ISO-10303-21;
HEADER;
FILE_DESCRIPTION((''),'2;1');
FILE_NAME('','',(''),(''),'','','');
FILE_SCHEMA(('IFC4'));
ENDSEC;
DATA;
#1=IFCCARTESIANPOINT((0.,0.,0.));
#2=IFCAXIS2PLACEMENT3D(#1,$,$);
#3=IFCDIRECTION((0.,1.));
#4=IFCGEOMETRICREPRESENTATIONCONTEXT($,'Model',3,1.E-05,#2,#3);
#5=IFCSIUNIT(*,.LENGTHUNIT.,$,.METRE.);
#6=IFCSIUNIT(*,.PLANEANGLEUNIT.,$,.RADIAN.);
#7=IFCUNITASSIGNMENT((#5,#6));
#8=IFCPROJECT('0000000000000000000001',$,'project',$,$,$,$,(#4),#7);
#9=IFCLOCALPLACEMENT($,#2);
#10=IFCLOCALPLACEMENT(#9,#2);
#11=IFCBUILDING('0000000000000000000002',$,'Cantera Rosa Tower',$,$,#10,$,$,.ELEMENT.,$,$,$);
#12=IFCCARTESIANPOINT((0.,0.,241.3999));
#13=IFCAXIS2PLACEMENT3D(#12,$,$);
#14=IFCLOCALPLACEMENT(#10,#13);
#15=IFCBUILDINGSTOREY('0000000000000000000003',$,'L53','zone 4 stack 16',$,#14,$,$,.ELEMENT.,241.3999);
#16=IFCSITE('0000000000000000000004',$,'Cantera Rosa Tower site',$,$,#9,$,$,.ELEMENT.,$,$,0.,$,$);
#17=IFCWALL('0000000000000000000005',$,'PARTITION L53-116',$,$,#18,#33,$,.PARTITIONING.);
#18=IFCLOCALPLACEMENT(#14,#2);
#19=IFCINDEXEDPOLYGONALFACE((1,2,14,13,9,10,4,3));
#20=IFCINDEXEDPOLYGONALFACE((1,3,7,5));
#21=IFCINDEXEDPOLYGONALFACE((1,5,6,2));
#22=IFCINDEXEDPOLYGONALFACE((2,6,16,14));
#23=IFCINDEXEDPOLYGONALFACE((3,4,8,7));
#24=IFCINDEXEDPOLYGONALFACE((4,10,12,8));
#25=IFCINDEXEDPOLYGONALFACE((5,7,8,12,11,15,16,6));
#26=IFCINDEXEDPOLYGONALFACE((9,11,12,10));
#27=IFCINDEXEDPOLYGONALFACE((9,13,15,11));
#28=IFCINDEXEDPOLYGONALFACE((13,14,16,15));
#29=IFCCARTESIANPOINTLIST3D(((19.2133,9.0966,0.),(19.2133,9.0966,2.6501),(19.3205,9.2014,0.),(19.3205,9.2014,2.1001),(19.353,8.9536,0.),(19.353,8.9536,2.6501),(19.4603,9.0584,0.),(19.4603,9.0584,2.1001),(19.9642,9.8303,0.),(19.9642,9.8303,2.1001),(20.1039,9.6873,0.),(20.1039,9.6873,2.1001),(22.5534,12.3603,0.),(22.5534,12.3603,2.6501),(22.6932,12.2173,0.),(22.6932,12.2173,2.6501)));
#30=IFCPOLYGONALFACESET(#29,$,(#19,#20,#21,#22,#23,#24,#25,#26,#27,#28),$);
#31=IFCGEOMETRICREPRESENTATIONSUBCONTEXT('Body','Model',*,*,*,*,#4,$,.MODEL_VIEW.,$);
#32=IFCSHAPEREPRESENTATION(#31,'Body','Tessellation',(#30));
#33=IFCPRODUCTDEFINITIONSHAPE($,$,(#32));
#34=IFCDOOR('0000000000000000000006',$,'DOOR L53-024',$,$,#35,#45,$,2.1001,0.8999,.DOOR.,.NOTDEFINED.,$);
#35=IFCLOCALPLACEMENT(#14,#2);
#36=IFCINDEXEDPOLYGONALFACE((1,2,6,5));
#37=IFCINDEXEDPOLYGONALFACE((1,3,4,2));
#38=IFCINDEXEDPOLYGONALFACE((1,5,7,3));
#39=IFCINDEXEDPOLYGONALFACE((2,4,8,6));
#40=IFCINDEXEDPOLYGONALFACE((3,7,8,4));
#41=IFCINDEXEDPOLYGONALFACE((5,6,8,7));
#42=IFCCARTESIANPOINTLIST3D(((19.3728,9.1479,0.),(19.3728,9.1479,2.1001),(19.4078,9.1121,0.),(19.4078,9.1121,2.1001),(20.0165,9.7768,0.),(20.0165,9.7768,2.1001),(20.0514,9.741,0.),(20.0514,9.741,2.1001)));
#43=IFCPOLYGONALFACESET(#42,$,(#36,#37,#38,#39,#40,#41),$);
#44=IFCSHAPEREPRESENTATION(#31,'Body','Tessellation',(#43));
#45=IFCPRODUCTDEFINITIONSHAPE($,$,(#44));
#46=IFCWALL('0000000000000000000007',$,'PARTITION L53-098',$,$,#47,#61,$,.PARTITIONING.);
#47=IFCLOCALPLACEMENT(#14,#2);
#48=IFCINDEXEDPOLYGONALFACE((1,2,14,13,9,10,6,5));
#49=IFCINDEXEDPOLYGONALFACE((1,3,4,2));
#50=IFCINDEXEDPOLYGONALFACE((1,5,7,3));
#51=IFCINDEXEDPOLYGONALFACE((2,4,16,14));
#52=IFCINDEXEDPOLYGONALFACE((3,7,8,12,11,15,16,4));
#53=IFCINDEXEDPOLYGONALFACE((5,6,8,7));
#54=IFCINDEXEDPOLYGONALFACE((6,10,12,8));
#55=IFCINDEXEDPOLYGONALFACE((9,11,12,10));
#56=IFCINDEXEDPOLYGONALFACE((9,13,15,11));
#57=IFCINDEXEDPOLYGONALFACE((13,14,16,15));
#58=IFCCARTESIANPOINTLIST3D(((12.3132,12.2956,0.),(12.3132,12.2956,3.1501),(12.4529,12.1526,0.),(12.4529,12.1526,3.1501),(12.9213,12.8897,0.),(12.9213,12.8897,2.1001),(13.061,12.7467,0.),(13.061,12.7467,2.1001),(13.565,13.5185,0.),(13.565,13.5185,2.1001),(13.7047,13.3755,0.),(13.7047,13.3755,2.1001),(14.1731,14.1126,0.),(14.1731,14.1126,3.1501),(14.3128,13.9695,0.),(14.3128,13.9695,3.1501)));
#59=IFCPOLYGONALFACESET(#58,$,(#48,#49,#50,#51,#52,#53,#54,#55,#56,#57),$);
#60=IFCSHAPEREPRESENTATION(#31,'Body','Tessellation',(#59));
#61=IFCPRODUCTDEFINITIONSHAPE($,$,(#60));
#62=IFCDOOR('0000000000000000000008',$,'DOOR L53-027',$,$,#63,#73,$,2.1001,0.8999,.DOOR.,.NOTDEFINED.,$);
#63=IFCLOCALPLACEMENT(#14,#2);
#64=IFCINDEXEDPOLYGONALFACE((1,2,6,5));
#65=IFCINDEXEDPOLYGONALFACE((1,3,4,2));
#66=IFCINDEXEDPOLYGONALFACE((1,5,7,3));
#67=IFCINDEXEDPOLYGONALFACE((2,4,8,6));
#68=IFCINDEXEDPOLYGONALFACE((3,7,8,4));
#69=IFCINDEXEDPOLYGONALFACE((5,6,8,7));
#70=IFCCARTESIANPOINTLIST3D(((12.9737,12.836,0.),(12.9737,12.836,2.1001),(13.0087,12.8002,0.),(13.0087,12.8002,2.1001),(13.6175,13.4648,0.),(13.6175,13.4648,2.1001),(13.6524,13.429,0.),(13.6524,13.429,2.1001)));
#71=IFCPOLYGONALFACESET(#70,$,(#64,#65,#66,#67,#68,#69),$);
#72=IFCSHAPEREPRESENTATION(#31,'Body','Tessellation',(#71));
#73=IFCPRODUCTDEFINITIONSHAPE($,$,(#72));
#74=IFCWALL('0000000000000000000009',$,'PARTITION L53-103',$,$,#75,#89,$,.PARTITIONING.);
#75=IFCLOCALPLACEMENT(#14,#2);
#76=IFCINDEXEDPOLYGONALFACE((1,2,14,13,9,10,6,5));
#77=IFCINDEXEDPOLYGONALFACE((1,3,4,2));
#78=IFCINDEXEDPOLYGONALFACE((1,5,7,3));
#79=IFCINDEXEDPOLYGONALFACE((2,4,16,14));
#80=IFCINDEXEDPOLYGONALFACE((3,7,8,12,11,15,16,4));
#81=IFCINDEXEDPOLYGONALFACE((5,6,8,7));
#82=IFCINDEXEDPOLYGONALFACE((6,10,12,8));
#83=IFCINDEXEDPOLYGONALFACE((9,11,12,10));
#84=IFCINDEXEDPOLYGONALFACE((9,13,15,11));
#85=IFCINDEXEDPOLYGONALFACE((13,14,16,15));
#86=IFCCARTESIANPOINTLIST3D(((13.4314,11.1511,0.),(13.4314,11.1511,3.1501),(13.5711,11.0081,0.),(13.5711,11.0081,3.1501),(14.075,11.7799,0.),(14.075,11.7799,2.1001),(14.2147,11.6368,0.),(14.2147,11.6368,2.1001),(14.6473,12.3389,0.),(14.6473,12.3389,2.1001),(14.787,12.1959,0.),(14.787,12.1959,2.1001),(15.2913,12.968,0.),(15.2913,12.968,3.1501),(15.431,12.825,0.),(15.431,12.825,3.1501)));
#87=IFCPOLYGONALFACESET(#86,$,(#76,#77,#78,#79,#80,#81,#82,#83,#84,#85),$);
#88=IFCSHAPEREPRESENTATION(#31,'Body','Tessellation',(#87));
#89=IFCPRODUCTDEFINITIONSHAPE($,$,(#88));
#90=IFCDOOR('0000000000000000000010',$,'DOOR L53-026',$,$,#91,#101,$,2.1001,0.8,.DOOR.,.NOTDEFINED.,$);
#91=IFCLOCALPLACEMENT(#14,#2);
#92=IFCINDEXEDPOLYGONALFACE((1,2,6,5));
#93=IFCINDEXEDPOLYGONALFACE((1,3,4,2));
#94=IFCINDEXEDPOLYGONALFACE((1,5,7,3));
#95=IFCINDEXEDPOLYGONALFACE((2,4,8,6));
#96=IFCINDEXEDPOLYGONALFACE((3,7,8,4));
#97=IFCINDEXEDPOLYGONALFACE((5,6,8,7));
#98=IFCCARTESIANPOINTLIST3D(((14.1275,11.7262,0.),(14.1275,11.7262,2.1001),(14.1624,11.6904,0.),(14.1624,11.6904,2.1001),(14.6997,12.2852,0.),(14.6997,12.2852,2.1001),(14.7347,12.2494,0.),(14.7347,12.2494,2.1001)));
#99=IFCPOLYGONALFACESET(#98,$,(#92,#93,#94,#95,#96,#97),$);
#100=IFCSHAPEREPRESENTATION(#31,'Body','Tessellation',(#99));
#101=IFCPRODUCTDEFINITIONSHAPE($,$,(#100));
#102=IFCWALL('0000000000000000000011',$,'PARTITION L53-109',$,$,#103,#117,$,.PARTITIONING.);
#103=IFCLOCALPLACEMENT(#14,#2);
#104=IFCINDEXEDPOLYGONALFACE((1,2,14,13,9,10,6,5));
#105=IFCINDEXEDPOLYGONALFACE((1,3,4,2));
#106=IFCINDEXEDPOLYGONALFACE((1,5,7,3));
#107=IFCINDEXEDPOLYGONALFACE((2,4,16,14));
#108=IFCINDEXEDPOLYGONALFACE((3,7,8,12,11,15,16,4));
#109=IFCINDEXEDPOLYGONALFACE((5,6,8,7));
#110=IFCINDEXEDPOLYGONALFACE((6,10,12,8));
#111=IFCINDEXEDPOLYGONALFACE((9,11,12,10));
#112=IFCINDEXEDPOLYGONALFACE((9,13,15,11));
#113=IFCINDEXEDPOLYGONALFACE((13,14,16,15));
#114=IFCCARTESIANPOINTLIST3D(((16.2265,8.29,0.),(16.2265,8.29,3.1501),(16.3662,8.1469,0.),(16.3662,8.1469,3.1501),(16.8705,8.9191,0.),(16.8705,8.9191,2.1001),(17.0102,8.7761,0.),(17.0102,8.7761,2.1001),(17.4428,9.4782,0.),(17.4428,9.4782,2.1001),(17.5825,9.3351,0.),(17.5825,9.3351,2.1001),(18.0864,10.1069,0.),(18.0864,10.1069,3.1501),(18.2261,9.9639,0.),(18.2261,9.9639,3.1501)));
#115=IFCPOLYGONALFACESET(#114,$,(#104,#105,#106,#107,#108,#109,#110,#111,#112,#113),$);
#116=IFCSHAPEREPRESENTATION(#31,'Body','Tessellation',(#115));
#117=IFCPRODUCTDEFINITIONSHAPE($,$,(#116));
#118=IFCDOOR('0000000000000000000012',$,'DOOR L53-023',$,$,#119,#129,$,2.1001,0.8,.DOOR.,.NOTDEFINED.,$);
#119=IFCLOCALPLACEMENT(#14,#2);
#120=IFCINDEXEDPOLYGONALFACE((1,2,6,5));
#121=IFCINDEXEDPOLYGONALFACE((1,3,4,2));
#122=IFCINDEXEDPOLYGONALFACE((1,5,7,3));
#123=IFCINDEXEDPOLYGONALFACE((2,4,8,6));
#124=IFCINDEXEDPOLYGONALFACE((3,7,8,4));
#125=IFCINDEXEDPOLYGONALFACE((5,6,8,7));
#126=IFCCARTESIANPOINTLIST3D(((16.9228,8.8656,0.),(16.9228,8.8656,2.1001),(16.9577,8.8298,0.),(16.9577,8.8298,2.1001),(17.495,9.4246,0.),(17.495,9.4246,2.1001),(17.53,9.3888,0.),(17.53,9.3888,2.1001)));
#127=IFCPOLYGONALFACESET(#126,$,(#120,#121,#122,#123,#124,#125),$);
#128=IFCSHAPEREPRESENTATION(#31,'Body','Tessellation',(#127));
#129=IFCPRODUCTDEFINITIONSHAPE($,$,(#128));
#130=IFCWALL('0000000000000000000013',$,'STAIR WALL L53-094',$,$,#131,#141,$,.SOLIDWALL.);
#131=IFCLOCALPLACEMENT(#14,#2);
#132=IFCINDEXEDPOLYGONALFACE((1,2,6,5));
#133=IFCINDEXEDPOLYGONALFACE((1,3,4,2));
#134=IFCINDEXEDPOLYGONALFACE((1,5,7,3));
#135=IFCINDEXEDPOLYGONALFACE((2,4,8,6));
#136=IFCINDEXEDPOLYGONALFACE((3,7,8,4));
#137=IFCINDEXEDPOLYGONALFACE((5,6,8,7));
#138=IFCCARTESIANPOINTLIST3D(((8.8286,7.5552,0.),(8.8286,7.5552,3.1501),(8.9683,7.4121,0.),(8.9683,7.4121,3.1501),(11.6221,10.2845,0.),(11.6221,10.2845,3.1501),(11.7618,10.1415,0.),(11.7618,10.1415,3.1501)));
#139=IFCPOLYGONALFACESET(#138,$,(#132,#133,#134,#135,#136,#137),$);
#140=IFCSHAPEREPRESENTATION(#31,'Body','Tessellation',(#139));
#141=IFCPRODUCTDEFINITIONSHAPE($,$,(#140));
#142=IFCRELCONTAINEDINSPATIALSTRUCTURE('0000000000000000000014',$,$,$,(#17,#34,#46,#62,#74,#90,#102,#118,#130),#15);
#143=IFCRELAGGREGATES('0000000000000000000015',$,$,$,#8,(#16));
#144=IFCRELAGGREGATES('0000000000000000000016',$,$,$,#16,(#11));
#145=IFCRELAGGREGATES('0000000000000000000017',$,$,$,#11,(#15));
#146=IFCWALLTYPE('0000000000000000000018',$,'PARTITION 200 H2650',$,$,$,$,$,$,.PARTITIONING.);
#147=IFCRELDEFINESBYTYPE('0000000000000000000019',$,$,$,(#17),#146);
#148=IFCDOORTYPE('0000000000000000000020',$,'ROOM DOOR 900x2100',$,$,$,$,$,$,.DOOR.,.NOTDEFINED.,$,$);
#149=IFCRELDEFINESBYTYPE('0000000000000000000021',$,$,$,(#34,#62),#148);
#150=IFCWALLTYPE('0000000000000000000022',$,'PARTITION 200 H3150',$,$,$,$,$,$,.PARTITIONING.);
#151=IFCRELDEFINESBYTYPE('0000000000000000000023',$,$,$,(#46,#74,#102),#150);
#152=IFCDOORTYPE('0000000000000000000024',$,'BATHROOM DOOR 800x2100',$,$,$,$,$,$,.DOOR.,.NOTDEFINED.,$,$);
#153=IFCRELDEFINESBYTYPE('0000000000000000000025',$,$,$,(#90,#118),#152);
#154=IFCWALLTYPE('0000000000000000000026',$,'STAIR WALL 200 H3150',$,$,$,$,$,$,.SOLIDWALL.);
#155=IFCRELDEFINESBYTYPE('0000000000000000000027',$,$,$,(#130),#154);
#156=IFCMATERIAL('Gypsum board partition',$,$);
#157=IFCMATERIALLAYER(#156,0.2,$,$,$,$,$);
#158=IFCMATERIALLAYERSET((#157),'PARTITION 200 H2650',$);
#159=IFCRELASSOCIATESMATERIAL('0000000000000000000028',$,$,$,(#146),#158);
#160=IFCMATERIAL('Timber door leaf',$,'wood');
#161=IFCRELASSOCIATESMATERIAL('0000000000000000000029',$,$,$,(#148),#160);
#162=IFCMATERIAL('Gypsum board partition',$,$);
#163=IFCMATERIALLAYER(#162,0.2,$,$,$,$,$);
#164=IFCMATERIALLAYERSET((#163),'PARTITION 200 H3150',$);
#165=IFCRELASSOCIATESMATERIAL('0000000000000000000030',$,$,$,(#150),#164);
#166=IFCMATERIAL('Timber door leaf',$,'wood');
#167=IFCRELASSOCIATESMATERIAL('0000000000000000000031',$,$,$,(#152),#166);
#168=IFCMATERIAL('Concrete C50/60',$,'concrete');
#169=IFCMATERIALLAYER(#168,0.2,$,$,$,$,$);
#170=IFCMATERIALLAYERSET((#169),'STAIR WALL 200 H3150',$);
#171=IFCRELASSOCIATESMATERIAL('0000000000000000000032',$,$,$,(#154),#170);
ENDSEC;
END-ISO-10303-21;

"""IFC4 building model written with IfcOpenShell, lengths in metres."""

from ifc_helpers import new_model, si_unit, direction, frame, frame_2d, origin, place, context, subcontext, project, spatial, rectangle, extrude, material, layer, layer_set, type_object, element, fill, save


model = new_model("IFC4")

# Units and contexts
model_context = context("Model", 3, precision=1e-05, world=origin(), true_north=direction((0.0, 1.0)))
body_context = subcontext(model_context, "Body", "Model", "MODEL_VIEW")
ifc_project = project(units=[si_unit("LENGTHUNIT", "METRE"), si_unit("PLANEANGLEUNIT", "RADIAN")], contexts=[model_context])

# Site, building, storey
site_placement = place(None, origin())
site = spatial("IfcSite", under=ifc_project, at=site_placement, Name="Cantera Rosa Tower site", CompositionType="ELEMENT", RefElevation=0.0)
building_placement = place(site_placement, origin())
building = spatial("IfcBuilding", under=site, at=building_placement, Name="Cantera Rosa Tower", CompositionType="ELEMENT")
storey_placement = place(building_placement, frame((0.0, 0.0, 241.3999)))
storey = spatial("IfcBuildingStorey", under=building, at=storey_placement, Name="L53", Description="zone 4 stack 16", CompositionType="ELEMENT", Elevation=241.3999)

# Shared definitions
ifc_material_1 = material(Name="Gypsum board partition")
ifc_layer_1 = layer(ifc_material_1, 0.2)
ifc_layer_set_1 = layer_set([ifc_layer_1], Name="PARTITION 200 H2650")
wall_type_1 = type_object("IfcWallType", Name="PARTITION 200 H2650", PredefinedType="PARTITIONING", material=ifc_layer_set_1)

# Walls, openings, doors
wall_1_placement = place(storey_placement, frame((22.6233, 12.2888, 0.0), z_axis=(0.0, 0.0, 1.0), x_axis=(-0.715241, -0.698878, 0.0)))
wall_1 = element("IfcWall", 1, at=wall_1_placement, inside=storey, type_object=wall_type_1, Name="PARTITION L53-116", PredefinedType="PARTITIONING", context=body_context, shape_type="SweptSolid", body=[
    extrude(rectangle(XDim=4.6699, YDim=0.2, at=frame_2d((2.335, 0.0))), origin(), (0.0, 0.0, 1.0), 2.6501),
])
opening_1_placement = place(wall_1_placement, frame((3.6201, 0.0, 0.0)))
opening_1 = element("IfcOpeningElement", 2, at=opening_1_placement, cuts=wall_1, PredefinedType="OPENING", context=body_context, shape_type="SweptSolid", body=[
    extrude(rectangle(XDim=0.8999, YDim=2.1001, at=frame_2d((0.45, 1.05))), frame((0.0, 0.1099, 0.0), z_axis=(0.0, -1.0, 0.0), x_axis=(1.0, 0.0, 0.0)), (0.0, 0.0, 1.0), 0.22),
])
ifc_material_2 = material(Name="Timber door leaf", Category="wood")
door_type_1 = type_object("IfcDoorType", Name="ROOM DOOR 900x2100", OperationType="NOTDEFINED", PredefinedType="DOOR", material=ifc_material_2)
door_1_placement = place(opening_1_placement, origin())
door_1 = element("IfcDoor", 3, at=door_1_placement, inside=storey, type_object=door_type_1, Name="DOOR L53-024", OperationType="NOTDEFINED", OverallHeight=2.1001, OverallWidth=0.8999, PredefinedType="DOOR", context=body_context, shape_type="SweptSolid", body=[
    extrude(rectangle(XDim=0.8999, YDim=2.1001, at=frame_2d((0.45, 1.05))), frame((0.0, 0.0249, 0.0), z_axis=(0.0, -1.0, 0.0), x_axis=(1.0, 0.0, 0.0)), (0.0, 0.0, 1.0), 0.05),
])
fill(opening_1, door_1)
ifc_material_3 = material(Name="Gypsum board partition")
ifc_layer_2 = layer(ifc_material_3, 0.2)
ifc_layer_set_2 = layer_set([ifc_layer_2], Name="PARTITION 200 H3150")
wall_type_2 = type_object("IfcWallType", Name="PARTITION 200 H3150", PredefinedType="PARTITIONING", material=ifc_layer_set_2)
wall_2_placement = place(storey_placement, frame((12.3831, 12.2241, 0.0), z_axis=(0.0, 0.0, 1.0), x_axis=(0.715322, 0.698795, 0.0)))
wall_2 = element("IfcWall", 4, at=wall_2_placement, inside=storey, type_object=wall_type_2, Name="PARTITION L53-098", PredefinedType="PARTITIONING", context=body_context, shape_type="SweptSolid", body=[
    extrude(rectangle(XDim=2.6001, YDim=0.2, at=frame_2d((1.3, 0.0))), origin(), (0.0, 0.0, 1.0), 3.1501),
])
opening_2_placement = place(wall_2_placement, frame((0.8501, 0.0, 0.0)))
opening_2 = element("IfcOpeningElement", 5, at=opening_2_placement, cuts=wall_2, PredefinedType="OPENING", context=body_context, shape_type="SweptSolid", body=[
    extrude(rectangle(XDim=0.8999, YDim=2.1001, at=frame_2d((0.45, 1.05))), frame((0.0, 0.1099, 0.0), z_axis=(0.0, -1.0, 0.0), x_axis=(1.0, 0.0, 0.0)), (0.0, 0.0, 1.0), 0.22),
])
door_2_placement = place(opening_2_placement, origin())
door_2 = element("IfcDoor", 6, at=door_2_placement, inside=storey, type_object=door_type_1, Name="DOOR L53-027", OperationType="NOTDEFINED", OverallHeight=2.1001, OverallWidth=0.8999, PredefinedType="DOOR", context=body_context, shape_type="SweptSolid", body=[
    extrude(rectangle(XDim=0.8999, YDim=2.1001, at=frame_2d((0.45, 1.05))), frame((0.0, 0.0249, 0.0), z_axis=(0.0, -1.0, 0.0), x_axis=(1.0, 0.0, 0.0)), (0.0, 0.0, 1.0), 0.05),
])
fill(opening_2, door_2)
wall_3_placement = place(storey_placement, frame((13.5012, 11.0796, 0.0), z_axis=(0.0, 0.0, 1.0), x_axis=(0.715322, 0.698795, 0.0)))
wall_3 = element("IfcWall", 7, at=wall_3_placement, inside=storey, type_object=wall_type_2, Name="PARTITION L53-103", PredefinedType="PARTITIONING", context=body_context, shape_type="SweptSolid", body=[
    extrude(rectangle(XDim=2.6001, YDim=0.2, at=frame_2d((1.3, 0.0))), origin(), (0.0, 0.0, 1.0), 3.1501),
])
opening_3_placement = place(wall_3_placement, frame((0.8999, 0.0, 0.0)))
opening_3 = element("IfcOpeningElement", 8, at=opening_3_placement, cuts=wall_3, PredefinedType="OPENING", context=body_context, shape_type="SweptSolid", body=[
    extrude(rectangle(XDim=0.8, YDim=2.1001, at=frame_2d((0.3999, 1.05))), frame((0.0, 0.1099, 0.0), z_axis=(0.0, -1.0, 0.0), x_axis=(1.0, 0.0, 0.0)), (0.0, 0.0, 1.0), 0.22),
])
ifc_material_4 = material(Name="Timber door leaf", Category="wood")
door_type_2 = type_object("IfcDoorType", Name="BATHROOM DOOR 800x2100", OperationType="NOTDEFINED", PredefinedType="DOOR", material=ifc_material_4)
door_3_placement = place(opening_3_placement, origin())
door_3 = element("IfcDoor", 9, at=door_3_placement, inside=storey, type_object=door_type_2, Name="DOOR L53-026", OperationType="NOTDEFINED", OverallHeight=2.1001, OverallWidth=0.8, PredefinedType="DOOR", context=body_context, shape_type="SweptSolid", body=[
    extrude(rectangle(XDim=0.8, YDim=2.1001, at=frame_2d((0.3999, 1.05))), frame((0.0, 0.0249, 0.0), z_axis=(0.0, -1.0, 0.0), x_axis=(1.0, 0.0, 0.0)), (0.0, 0.0, 1.0), 0.05),
])
fill(opening_3, door_3)
wall_4_placement = place(storey_placement, frame((18.1562, 10.0354, 0.0), z_axis=(0.0, 0.0, 1.0), x_axis=(-0.715322, -0.698795, 0.0)))
wall_4 = element("IfcWall", 10, at=wall_4_placement, inside=storey, type_object=wall_type_2, Name="PARTITION L53-109", PredefinedType="PARTITIONING", context=body_context, shape_type="SweptSolid", body=[
    extrude(rectangle(XDim=2.6001, YDim=0.2, at=frame_2d((1.3, 0.0))), origin(), (0.0, 0.0, 1.0), 3.1501),
])
opening_4_placement = place(wall_4_placement, frame((0.8999, 0.0, 0.0)))
opening_4 = element("IfcOpeningElement", 11, at=opening_4_placement, cuts=wall_4, PredefinedType="OPENING", context=body_context, shape_type="SweptSolid", body=[
    extrude(rectangle(XDim=0.8, YDim=2.1001, at=frame_2d((0.3999, 1.05))), frame((0.0, 0.1099, 0.0), z_axis=(0.0, -1.0, 0.0), x_axis=(1.0, 0.0, 0.0)), (0.0, 0.0, 1.0), 0.22),
])
door_4_placement = place(opening_4_placement, origin())
door_4 = element("IfcDoor", 12, at=door_4_placement, inside=storey, type_object=door_type_2, Name="DOOR L53-023", OperationType="NOTDEFINED", OverallHeight=2.1001, OverallWidth=0.8, PredefinedType="DOOR", context=body_context, shape_type="SweptSolid", body=[
    extrude(rectangle(XDim=0.8, YDim=2.1001, at=frame_2d((0.3999, 1.05))), frame((0.0, 0.0249, 0.0), z_axis=(0.0, -1.0, 0.0), x_axis=(1.0, 0.0, 0.0)), (0.0, 0.0, 1.0), 0.05),
])
fill(opening_4, door_4)

# Wall
ifc_material_5 = material(Name="Concrete C50/60", Category="concrete")
ifc_layer_3 = layer(ifc_material_5, 0.2)
ifc_layer_set_3 = layer_set([ifc_layer_3], Name="STAIR WALL 200 H3150")
wall_type_3 = type_object("IfcWallType", Name="STAIR WALL 200 H3150", PredefinedType="SOLIDWALL", material=ifc_layer_set_3)
wall_5_placement = place(storey_placement, frame((11.6919, 10.2129, 0.0), z_axis=(0.0, 0.0, 1.0), x_axis=(-0.71528, -0.698838, 0.0)))
element("IfcWall", 13, at=wall_5_placement, inside=storey, type_object=wall_type_3, Name="STAIR WALL L53-094", PredefinedType="SOLIDWALL", context=body_context, shape_type="SweptSolid", body=[
    extrude(rectangle(XDim=3.9055, YDim=0.2, at=frame_2d((1.9526, 0.0))), origin(), (0.0, 0.0, 1.0), 3.1501),
])

save(model, "model.ifc")
